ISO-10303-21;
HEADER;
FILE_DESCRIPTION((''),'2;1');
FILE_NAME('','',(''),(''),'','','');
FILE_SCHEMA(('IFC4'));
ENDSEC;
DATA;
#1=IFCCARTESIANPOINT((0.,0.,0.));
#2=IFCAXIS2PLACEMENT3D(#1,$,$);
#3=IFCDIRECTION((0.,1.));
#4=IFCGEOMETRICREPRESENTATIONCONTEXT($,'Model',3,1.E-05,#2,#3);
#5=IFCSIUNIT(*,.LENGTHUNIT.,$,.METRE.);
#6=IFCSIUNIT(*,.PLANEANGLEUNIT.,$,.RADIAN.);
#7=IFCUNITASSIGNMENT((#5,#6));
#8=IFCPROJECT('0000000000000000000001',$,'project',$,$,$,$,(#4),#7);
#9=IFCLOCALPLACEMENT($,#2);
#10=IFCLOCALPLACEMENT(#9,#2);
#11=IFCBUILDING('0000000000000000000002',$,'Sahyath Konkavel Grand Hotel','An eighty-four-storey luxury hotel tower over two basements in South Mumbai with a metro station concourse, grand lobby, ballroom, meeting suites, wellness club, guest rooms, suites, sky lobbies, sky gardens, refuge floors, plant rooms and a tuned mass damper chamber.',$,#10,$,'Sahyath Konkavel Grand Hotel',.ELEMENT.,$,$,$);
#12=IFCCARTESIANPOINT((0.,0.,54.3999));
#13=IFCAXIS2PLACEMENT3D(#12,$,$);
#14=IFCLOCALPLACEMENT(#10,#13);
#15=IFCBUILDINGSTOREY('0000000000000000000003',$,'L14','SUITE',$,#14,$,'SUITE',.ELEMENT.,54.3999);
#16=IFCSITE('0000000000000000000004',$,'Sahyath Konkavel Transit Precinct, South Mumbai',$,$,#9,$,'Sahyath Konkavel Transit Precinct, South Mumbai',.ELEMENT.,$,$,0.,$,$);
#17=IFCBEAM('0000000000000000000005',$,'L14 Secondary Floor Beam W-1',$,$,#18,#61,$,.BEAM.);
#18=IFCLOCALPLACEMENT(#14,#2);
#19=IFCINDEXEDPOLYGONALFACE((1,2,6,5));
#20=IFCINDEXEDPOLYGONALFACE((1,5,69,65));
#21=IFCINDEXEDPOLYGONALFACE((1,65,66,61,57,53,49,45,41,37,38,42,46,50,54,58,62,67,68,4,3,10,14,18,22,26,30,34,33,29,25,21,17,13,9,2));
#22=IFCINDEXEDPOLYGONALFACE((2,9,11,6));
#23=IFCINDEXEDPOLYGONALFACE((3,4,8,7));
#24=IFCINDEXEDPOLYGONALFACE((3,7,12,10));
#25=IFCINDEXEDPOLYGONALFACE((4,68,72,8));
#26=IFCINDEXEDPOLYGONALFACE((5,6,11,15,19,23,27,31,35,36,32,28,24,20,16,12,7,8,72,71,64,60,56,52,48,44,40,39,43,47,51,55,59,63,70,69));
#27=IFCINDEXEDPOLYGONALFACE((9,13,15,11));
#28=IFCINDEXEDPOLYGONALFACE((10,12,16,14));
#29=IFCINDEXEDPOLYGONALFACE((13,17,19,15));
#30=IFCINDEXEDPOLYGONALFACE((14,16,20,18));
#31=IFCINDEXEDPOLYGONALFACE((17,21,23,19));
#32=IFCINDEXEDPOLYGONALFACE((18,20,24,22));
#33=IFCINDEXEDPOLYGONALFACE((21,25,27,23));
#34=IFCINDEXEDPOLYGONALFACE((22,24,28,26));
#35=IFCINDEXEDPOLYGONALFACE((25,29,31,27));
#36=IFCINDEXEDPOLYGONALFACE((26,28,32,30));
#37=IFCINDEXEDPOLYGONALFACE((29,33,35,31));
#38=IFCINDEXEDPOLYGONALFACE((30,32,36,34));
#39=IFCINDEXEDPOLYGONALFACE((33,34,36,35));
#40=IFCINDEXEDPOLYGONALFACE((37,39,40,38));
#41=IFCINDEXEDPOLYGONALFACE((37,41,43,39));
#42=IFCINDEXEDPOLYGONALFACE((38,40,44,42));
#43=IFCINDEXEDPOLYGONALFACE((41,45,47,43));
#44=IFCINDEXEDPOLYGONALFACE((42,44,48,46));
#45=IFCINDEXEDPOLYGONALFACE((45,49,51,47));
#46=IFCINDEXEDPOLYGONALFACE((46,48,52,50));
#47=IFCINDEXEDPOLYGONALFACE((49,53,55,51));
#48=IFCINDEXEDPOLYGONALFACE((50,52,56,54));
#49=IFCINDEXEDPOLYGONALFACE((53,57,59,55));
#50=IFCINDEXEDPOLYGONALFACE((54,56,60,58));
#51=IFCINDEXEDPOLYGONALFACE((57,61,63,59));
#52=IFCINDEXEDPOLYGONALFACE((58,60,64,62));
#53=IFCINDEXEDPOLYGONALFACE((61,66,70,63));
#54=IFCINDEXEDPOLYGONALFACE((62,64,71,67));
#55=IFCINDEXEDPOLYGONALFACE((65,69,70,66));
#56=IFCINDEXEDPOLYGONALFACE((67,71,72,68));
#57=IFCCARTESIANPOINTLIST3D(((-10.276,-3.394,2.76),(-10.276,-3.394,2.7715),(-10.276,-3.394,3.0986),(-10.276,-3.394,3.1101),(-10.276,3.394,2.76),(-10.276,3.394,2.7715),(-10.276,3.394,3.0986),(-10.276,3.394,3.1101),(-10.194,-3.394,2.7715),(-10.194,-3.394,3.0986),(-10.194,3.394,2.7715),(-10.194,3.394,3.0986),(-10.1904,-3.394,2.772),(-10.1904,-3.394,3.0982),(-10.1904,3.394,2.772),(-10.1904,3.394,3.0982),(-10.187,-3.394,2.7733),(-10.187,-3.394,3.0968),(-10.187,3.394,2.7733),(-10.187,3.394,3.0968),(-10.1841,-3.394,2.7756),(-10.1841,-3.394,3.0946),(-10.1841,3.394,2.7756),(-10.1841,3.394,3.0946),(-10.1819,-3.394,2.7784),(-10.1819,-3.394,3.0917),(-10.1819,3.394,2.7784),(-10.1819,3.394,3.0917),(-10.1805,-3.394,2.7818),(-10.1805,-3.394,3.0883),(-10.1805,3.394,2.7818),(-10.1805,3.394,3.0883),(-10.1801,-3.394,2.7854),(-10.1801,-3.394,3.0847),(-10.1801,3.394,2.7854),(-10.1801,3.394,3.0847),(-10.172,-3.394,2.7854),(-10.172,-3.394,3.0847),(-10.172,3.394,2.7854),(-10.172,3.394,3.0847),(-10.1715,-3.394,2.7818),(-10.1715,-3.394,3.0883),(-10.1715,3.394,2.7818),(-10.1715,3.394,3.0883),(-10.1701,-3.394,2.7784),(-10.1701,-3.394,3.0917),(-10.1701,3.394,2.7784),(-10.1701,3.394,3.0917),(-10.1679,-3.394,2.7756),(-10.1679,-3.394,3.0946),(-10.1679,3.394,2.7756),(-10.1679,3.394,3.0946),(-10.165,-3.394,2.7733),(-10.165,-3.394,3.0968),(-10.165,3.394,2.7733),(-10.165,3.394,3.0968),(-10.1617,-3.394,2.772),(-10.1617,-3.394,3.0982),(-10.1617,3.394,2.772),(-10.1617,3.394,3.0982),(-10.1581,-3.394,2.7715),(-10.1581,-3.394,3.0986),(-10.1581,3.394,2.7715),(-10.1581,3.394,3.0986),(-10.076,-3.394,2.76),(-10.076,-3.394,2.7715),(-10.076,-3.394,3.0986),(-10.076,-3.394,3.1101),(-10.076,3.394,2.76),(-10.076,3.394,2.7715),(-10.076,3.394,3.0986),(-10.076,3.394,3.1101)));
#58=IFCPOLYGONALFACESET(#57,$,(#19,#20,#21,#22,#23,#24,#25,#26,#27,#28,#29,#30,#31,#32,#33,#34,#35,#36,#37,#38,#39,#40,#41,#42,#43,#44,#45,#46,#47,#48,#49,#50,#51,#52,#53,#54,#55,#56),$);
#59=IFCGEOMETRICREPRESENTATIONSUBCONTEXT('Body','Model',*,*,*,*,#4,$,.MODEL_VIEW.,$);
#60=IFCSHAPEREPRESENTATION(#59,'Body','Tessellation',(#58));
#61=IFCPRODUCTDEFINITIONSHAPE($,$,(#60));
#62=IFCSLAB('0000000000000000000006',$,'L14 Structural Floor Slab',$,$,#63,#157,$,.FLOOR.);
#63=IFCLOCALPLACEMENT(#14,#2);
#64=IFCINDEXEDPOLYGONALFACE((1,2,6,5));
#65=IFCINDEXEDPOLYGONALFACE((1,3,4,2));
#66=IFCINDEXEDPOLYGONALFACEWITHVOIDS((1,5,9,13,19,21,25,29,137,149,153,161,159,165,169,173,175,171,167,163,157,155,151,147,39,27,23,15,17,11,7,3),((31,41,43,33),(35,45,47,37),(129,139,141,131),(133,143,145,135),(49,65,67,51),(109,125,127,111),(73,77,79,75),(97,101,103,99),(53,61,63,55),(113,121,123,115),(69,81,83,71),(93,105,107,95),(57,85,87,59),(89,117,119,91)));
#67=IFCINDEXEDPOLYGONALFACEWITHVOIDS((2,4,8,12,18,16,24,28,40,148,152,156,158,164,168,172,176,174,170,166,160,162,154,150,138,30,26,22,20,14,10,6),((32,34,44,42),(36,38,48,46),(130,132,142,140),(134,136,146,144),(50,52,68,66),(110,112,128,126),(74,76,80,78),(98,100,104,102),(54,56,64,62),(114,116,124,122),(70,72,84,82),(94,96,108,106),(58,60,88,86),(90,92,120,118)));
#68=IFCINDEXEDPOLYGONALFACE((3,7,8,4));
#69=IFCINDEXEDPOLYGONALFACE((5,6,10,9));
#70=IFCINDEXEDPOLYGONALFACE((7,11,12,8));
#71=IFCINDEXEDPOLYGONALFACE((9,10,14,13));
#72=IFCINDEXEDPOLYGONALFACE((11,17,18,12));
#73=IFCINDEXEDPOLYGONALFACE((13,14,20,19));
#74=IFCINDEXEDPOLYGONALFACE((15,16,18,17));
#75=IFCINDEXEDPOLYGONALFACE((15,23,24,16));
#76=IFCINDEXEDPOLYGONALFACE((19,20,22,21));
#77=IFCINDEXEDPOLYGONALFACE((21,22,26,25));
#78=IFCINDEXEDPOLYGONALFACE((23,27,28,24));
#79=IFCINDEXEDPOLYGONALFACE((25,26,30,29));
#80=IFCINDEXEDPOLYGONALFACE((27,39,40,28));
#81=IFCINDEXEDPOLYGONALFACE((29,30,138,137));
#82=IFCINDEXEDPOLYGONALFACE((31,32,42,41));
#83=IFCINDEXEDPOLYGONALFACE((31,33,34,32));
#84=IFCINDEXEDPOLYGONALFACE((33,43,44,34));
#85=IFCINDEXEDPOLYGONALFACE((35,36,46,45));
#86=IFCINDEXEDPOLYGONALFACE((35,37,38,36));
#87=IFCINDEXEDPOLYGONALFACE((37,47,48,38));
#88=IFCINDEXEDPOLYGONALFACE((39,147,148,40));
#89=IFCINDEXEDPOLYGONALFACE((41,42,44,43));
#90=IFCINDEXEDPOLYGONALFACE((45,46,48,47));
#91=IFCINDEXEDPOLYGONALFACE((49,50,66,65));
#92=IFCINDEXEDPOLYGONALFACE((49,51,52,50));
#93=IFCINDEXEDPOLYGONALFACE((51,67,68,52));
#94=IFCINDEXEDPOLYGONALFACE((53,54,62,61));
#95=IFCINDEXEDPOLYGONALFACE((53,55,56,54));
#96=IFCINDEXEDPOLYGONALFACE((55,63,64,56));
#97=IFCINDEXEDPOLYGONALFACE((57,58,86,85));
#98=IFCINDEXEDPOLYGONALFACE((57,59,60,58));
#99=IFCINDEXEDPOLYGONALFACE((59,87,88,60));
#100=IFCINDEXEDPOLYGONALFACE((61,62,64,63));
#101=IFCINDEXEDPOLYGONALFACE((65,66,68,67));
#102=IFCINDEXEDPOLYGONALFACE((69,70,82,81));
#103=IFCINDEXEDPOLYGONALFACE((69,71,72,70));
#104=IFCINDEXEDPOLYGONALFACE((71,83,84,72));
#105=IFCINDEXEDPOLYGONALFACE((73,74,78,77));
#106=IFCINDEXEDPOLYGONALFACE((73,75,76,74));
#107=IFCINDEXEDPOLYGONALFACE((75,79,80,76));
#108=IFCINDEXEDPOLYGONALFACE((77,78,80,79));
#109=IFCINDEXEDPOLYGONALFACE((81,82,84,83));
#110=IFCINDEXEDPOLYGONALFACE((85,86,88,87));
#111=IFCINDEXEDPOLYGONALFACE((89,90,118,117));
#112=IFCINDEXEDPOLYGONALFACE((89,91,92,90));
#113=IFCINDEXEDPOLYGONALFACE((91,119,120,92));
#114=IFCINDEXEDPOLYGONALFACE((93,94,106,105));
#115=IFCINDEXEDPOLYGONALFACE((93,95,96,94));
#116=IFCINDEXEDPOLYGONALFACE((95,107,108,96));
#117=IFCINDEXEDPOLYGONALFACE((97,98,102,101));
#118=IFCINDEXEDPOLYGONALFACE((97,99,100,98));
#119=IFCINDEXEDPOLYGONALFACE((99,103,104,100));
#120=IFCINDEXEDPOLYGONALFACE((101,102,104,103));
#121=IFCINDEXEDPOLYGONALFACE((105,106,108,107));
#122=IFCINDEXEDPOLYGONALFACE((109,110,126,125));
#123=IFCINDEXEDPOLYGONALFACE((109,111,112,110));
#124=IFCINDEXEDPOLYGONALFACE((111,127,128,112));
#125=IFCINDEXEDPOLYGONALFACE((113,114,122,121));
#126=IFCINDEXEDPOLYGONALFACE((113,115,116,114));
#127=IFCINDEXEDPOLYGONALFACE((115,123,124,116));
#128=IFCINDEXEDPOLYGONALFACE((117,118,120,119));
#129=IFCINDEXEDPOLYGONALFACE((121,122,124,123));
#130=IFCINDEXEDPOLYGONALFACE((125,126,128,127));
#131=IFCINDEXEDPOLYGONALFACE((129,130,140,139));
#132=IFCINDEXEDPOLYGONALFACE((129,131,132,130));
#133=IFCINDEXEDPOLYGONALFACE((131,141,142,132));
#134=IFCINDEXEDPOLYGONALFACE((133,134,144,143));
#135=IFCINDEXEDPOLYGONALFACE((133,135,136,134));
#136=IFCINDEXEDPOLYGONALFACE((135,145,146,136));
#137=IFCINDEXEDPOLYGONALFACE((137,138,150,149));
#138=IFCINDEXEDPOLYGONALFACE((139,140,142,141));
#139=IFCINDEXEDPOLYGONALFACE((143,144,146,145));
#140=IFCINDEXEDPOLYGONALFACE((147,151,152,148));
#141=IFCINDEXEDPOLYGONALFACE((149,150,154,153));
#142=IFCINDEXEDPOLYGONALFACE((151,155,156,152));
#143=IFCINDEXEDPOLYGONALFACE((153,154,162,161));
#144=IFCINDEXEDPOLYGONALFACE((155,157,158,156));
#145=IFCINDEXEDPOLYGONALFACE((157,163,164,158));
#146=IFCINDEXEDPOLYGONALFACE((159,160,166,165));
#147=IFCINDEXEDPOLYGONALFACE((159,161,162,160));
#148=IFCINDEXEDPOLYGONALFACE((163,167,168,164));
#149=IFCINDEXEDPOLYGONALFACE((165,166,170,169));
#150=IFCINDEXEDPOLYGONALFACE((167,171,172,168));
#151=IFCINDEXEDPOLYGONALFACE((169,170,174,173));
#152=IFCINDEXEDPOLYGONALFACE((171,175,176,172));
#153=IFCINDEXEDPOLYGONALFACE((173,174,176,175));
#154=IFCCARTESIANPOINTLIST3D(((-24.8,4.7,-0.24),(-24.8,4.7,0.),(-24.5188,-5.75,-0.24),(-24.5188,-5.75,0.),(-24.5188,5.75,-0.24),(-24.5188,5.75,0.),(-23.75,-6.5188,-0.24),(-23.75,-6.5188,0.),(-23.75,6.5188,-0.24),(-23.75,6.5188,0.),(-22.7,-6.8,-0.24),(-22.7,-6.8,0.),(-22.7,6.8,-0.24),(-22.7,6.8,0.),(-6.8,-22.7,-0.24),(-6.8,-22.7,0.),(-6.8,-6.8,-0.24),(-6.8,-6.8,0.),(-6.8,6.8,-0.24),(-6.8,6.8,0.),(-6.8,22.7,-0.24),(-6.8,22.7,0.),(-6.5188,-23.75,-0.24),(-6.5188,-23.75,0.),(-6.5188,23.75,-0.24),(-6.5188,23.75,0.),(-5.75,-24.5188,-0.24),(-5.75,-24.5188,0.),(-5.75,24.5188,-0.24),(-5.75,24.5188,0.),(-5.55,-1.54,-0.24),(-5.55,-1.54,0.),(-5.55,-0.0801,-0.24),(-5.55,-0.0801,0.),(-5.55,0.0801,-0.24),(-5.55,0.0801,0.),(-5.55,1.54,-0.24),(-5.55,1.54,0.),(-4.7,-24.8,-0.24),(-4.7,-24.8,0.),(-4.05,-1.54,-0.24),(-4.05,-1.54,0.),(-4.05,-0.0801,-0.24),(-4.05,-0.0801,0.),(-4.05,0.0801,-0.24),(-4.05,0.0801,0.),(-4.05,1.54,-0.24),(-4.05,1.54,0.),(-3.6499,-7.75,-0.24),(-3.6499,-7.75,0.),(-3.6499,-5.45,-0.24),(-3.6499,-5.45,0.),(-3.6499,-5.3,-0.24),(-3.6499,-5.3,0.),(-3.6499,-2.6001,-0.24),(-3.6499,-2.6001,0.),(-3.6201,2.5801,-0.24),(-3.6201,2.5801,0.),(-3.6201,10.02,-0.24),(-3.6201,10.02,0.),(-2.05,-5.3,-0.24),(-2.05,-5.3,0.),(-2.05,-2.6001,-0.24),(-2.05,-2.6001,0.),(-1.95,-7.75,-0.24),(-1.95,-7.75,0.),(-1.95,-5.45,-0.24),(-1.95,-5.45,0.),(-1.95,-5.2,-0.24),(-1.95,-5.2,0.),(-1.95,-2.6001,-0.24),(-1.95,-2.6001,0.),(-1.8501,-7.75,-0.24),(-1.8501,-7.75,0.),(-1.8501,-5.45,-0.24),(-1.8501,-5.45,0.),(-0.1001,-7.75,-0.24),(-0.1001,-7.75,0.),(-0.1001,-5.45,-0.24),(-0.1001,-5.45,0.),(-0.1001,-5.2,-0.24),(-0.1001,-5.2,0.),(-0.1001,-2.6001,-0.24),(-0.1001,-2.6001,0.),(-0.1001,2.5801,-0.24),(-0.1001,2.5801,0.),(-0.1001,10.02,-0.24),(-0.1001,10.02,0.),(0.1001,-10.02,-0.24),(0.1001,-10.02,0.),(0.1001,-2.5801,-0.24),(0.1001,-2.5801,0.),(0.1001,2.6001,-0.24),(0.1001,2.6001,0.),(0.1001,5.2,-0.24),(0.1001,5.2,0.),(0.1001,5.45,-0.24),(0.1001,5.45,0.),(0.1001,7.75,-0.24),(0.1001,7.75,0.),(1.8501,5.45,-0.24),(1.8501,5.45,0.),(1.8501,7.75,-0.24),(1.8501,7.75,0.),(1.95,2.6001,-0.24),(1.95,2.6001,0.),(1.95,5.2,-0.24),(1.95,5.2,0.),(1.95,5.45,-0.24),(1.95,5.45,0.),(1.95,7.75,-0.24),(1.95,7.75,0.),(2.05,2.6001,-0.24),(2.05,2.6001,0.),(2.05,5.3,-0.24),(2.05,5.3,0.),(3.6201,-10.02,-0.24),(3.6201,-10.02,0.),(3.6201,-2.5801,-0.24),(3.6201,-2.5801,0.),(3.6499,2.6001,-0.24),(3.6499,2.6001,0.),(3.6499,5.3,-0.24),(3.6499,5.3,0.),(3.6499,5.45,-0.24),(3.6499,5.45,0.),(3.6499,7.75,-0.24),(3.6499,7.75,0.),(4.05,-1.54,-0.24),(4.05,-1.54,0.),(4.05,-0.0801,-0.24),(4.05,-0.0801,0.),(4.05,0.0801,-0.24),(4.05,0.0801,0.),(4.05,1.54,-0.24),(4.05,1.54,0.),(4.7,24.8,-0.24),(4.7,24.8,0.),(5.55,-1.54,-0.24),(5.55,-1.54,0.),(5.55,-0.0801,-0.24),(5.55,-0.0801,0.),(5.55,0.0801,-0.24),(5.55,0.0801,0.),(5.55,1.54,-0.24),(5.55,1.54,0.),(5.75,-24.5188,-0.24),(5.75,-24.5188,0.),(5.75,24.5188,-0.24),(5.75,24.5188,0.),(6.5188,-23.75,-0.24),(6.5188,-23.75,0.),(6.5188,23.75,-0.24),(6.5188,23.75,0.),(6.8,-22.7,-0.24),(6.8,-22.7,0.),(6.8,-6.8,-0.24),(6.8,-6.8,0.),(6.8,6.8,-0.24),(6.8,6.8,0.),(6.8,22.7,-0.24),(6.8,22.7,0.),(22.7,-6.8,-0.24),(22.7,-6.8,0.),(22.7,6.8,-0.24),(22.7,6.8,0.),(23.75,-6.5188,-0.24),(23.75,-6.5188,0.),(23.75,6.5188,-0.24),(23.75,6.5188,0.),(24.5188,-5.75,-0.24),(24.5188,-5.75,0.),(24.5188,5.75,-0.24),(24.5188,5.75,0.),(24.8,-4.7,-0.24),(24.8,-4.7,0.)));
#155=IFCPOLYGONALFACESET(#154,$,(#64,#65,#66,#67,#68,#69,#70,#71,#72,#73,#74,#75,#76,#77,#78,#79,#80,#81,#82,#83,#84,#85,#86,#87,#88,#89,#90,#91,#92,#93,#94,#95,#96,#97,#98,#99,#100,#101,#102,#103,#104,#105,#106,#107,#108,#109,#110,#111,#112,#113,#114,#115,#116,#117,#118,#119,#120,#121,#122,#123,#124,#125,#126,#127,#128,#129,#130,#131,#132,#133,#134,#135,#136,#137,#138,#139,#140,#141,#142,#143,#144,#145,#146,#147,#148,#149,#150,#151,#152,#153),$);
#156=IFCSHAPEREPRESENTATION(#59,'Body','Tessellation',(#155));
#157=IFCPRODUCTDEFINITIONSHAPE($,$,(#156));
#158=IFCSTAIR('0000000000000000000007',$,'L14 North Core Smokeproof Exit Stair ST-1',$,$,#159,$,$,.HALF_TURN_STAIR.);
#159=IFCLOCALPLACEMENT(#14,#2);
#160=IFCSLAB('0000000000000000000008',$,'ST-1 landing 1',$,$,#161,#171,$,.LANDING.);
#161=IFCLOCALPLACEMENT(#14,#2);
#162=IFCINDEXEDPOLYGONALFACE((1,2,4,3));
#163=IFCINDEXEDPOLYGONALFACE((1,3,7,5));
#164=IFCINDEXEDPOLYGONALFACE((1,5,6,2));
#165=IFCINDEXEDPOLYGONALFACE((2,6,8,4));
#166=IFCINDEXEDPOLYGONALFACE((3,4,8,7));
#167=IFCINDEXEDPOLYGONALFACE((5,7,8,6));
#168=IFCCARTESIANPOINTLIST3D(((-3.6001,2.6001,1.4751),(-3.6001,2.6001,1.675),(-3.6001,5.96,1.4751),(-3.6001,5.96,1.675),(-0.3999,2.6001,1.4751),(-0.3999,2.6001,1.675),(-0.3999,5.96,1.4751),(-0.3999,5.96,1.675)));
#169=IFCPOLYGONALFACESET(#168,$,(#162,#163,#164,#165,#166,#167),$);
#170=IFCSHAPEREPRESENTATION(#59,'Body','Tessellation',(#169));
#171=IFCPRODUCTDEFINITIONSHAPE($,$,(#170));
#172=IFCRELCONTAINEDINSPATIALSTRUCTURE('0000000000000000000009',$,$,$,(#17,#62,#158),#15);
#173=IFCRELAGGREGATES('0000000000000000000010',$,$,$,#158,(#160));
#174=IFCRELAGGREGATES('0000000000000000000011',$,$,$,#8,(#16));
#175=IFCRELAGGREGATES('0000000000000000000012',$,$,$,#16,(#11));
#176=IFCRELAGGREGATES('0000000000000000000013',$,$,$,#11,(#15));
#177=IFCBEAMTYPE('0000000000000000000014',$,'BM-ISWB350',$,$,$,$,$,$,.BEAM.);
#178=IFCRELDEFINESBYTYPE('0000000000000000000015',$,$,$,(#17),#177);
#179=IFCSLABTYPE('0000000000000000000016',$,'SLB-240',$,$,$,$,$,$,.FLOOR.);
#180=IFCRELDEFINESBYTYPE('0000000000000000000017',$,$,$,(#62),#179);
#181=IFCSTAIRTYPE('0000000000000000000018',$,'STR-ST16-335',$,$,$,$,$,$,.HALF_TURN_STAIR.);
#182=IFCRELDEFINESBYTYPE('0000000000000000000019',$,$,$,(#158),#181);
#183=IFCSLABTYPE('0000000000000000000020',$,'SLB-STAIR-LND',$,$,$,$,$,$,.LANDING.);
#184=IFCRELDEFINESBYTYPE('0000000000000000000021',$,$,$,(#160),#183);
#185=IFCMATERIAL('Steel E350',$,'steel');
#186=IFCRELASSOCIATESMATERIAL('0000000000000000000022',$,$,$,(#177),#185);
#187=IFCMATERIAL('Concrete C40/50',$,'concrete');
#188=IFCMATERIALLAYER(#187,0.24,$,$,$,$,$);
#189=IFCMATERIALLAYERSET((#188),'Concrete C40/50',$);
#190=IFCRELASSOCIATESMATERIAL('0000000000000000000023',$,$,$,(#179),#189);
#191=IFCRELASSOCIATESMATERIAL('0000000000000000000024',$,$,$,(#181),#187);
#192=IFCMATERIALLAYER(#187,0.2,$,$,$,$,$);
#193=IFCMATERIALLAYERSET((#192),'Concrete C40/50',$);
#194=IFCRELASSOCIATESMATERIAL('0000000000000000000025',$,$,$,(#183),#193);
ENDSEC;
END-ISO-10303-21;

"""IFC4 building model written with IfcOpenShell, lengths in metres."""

from ifc_helpers import new_model, si_unit, direction, frame, origin, origin_2d, place, context, subcontext, project, spatial, polyline, i_section, outline, extrude, source, transform, mapped, material, layer, layer_set, material_profile, profile_set, type_object, element, aggregate, save


model = new_model("IFC4")

# Units and contexts
model_context = context("Model", 3, precision=1e-05, world=origin(), true_north=direction((0.0, 1.0)))
body_context = subcontext(model_context, "Body", "Model", "MODEL_VIEW")
ifc_project = project(units=[si_unit("LENGTHUNIT", "METRE"), si_unit("PLANEANGLEUNIT", "RADIAN")], contexts=[model_context])

# Site, building, storey
site_placement = place(None, origin())
site = spatial("IfcSite", under=ifc_project, at=site_placement, Name="Sahyath Konkavel Transit Precinct, South Mumbai", LongName="Sahyath Konkavel Transit Precinct, South Mumbai", CompositionType="ELEMENT", RefElevation=0.0)
building_placement = place(site_placement, origin())
building = spatial("IfcBuilding", under=site, at=building_placement, Name="Sahyath Konkavel Grand Hotel", Description="An eighty-four-storey luxury hotel tower over two basements in South Mumbai with a metro station concourse, grand lobby, ballroom, meeting suites, wellness club, guest rooms, suites, sky lobbies, sky gardens, refuge floors, plant rooms and a tuned mass damper chamber.", LongName="Sahyath Konkavel Grand Hotel", CompositionType="ELEMENT")
storey_placement = place(building_placement, frame((0.0, 0.0, 54.3999)))
storey = spatial("IfcBuildingStorey", under=building, at=storey_placement, Name="L14", Description="SUITE", LongName="SUITE", CompositionType="ELEMENT", Elevation=54.3999)

# Beam
ifc_material_1 = material(Name="Steel E350", Category="steel")
ifc_material_profile_1 = material_profile(ifc_material_1, i_section(OverallWidth=0.2, OverallDepth=0.3501, WebThickness=0.0081, FlangeThickness=0.0115, FilletRadius=0.0139, at=origin_2d()), Name="ISWB 350")
ifc_profile_set_1 = profile_set([ifc_material_profile_1], Name="Steel E350")
beam_type_1 = type_object("IfcBeamType", Name="BM-ISWB350", PredefinedType="BEAM", material=ifc_profile_set_1)
shared_shape_1 = source(origin(), body_context, "Body", "SweptSolid", [
    extrude(i_section(OverallWidth=0.2, OverallDepth=0.3501, WebThickness=0.0081, FlangeThickness=0.0115, FilletRadius=0.0139, at=origin_2d()), origin(), (0.0, 0.0, 1.0), 6.7881),
])
beam_1_placement = place(storey_placement, frame((-10.176, 3.394, 2.9351), z_axis=(0.0, -1.0, 0.0), x_axis=(1.0, 0.0, 0.0)))
element("IfcBeam", 1, at=beam_1_placement, inside=storey, type_object=beam_type_1, Name="L14 Secondary Floor Beam W-1", PredefinedType="BEAM", context=body_context, shape_type="MappedRepresentation", body=[
    mapped(shared_shape_1, transform((0.0, 0.0, 0.0), scale=1.0)),
])

# Slab
ifc_material_2 = material(Name="Concrete C40/50", Category="concrete")
ifc_layer_1 = layer(ifc_material_2, 0.24)
ifc_layer_set_1 = layer_set([ifc_layer_1], Name="Concrete C40/50")
slab_type_1 = type_object("IfcSlabType", Name="SLB-240", PredefinedType="FLOOR", material=ifc_layer_set_1)
slab_1_placement = place(storey_placement, frame((0.0, 0.0, -0.24)))
element("IfcSlab", 2, at=slab_1_placement, inside=storey, type_object=slab_type_1, Name="L14 Structural Floor Slab", PredefinedType="FLOOR", context=body_context, shape_type="SweptSolid", body=[
    extrude(outline(polyline([(6.8, -6.8), (22.7, -6.8), (23.75, -6.5188), (24.5188, -5.75), (24.8, -4.7), (24.5188, 5.75), (23.75, 6.5188), (22.7, 6.8), (6.8, 6.8), (6.8, 22.7), (6.5188, 23.75), (5.75, 24.5188), (4.7, 24.8), (-5.75, 24.5188), (-6.5188, 23.75), (-6.8, 22.7), (-6.8, 6.8), (-22.7, 6.8), (-23.75, 6.5188), (-24.5188, 5.75), (-24.8, 4.7), (-24.5188, -5.75), (-23.75, -6.5188), (-22.7, -6.8), (-6.8, -6.8), (-6.8, -22.7), (-6.5188, -23.75), (-5.75, -24.5188), (-4.7, -24.8), (5.75, -24.5188), (6.5188, -23.75), (6.8, -22.7), (6.8, -6.8)]), holes=[polyline([(-3.6201, 2.5801), (-0.1001, 2.5801), (-0.1001, 10.02), (-3.6201, 10.02), (-3.6201, 2.5801)]), polyline([(0.1001, -10.02), (3.6201, -10.02), (3.6201, -2.5801), (0.1001, -2.5801), (0.1001, -10.02)]), polyline([(0.1001, 2.6001), (1.95, 2.6001), (1.95, 5.2), (0.1001, 5.2), (0.1001, 2.6001)]), polyline([(-1.95, -5.2), (-0.1001, -5.2), (-0.1001, -2.6001), (-1.95, -2.6001), (-1.95, -5.2)]), polyline([(2.05, 2.6001), (3.6499, 2.6001), (3.6499, 5.3), (2.05, 5.3), (2.05, 2.6001)]), polyline([(-3.6499, -5.3), (-2.05, -5.3), (-2.05, -2.6001), (-3.6499, -2.6001), (-3.6499, -5.3)]), polyline([(0.1001, 5.45), (1.8501, 5.45), (1.8501, 7.75), (0.1001, 7.75), (0.1001, 5.45)]), polyline([(1.95, 5.45), (3.6499, 5.45), (3.6499, 7.75), (1.95, 7.75), (1.95, 5.45)]), polyline([(-3.6499, -7.75), (-1.95, -7.75), (-1.95, -5.45), (-3.6499, -5.45), (-3.6499, -7.75)]), polyline([(-1.8501, -7.75), (-0.1001, -7.75), (-0.1001, -5.45), (-1.8501, -5.45), (-1.8501, -7.75)]), polyline([(4.05, 0.0801), (5.55, 0.0801), (5.55, 1.54), (4.05, 1.54), (4.05, 0.0801)]), polyline([(4.05, -1.54), (5.55, -1.54), (5.55, -0.0801), (4.05, -0.0801), (4.05, -1.54)]), polyline([(-5.55, 0.0801), (-4.05, 0.0801), (-4.05, 1.54), (-5.55, 1.54), (-5.55, 0.0801)]), polyline([(-5.55, -1.54), (-4.05, -1.54), (-4.05, -0.0801), (-5.55, -0.0801), (-5.55, -1.54)])]), origin(), (0.0, 0.0, 1.0), 0.24),
])

# Stair, slab
stair_type = type_object("IfcStairType", Name="STR-ST16-335", PredefinedType="HALF_TURN_STAIR", material=ifc_material_2)
stair_placement = place(storey_placement, origin())
stair = element("IfcStair", 3, at=stair_placement, inside=storey, type_object=stair_type, Name="L14 North Core Smokeproof Exit Stair ST-1", PredefinedType="HALF_TURN_STAIR")
ifc_layer_2 = layer(ifc_material_2, 0.2)
ifc_layer_set_2 = layer_set([ifc_layer_2], Name="Concrete C40/50")
slab_type_2 = type_object("IfcSlabType", Name="SLB-STAIR-LND", PredefinedType="LANDING", material=ifc_layer_set_2)
slab_2_placement = place(storey_placement, frame((0.0, 0.0, 1.4751)))
slab_2 = element("IfcSlab", 4, at=slab_2_placement, type_object=slab_type_2, Name="ST-1 landing 1", PredefinedType="LANDING", context=body_context, shape_type="SweptSolid", body=[
    extrude(outline(polyline([(-3.6001, 5.96), (-3.6001, 2.6001), (-0.3999, 2.6001), (-0.3999, 5.96), (-3.6001, 5.96)])), origin(), (0.0, 0.0, 1.0), 0.2),
])

aggregate(stair, [slab_2])

save(model, "model.ifc")
